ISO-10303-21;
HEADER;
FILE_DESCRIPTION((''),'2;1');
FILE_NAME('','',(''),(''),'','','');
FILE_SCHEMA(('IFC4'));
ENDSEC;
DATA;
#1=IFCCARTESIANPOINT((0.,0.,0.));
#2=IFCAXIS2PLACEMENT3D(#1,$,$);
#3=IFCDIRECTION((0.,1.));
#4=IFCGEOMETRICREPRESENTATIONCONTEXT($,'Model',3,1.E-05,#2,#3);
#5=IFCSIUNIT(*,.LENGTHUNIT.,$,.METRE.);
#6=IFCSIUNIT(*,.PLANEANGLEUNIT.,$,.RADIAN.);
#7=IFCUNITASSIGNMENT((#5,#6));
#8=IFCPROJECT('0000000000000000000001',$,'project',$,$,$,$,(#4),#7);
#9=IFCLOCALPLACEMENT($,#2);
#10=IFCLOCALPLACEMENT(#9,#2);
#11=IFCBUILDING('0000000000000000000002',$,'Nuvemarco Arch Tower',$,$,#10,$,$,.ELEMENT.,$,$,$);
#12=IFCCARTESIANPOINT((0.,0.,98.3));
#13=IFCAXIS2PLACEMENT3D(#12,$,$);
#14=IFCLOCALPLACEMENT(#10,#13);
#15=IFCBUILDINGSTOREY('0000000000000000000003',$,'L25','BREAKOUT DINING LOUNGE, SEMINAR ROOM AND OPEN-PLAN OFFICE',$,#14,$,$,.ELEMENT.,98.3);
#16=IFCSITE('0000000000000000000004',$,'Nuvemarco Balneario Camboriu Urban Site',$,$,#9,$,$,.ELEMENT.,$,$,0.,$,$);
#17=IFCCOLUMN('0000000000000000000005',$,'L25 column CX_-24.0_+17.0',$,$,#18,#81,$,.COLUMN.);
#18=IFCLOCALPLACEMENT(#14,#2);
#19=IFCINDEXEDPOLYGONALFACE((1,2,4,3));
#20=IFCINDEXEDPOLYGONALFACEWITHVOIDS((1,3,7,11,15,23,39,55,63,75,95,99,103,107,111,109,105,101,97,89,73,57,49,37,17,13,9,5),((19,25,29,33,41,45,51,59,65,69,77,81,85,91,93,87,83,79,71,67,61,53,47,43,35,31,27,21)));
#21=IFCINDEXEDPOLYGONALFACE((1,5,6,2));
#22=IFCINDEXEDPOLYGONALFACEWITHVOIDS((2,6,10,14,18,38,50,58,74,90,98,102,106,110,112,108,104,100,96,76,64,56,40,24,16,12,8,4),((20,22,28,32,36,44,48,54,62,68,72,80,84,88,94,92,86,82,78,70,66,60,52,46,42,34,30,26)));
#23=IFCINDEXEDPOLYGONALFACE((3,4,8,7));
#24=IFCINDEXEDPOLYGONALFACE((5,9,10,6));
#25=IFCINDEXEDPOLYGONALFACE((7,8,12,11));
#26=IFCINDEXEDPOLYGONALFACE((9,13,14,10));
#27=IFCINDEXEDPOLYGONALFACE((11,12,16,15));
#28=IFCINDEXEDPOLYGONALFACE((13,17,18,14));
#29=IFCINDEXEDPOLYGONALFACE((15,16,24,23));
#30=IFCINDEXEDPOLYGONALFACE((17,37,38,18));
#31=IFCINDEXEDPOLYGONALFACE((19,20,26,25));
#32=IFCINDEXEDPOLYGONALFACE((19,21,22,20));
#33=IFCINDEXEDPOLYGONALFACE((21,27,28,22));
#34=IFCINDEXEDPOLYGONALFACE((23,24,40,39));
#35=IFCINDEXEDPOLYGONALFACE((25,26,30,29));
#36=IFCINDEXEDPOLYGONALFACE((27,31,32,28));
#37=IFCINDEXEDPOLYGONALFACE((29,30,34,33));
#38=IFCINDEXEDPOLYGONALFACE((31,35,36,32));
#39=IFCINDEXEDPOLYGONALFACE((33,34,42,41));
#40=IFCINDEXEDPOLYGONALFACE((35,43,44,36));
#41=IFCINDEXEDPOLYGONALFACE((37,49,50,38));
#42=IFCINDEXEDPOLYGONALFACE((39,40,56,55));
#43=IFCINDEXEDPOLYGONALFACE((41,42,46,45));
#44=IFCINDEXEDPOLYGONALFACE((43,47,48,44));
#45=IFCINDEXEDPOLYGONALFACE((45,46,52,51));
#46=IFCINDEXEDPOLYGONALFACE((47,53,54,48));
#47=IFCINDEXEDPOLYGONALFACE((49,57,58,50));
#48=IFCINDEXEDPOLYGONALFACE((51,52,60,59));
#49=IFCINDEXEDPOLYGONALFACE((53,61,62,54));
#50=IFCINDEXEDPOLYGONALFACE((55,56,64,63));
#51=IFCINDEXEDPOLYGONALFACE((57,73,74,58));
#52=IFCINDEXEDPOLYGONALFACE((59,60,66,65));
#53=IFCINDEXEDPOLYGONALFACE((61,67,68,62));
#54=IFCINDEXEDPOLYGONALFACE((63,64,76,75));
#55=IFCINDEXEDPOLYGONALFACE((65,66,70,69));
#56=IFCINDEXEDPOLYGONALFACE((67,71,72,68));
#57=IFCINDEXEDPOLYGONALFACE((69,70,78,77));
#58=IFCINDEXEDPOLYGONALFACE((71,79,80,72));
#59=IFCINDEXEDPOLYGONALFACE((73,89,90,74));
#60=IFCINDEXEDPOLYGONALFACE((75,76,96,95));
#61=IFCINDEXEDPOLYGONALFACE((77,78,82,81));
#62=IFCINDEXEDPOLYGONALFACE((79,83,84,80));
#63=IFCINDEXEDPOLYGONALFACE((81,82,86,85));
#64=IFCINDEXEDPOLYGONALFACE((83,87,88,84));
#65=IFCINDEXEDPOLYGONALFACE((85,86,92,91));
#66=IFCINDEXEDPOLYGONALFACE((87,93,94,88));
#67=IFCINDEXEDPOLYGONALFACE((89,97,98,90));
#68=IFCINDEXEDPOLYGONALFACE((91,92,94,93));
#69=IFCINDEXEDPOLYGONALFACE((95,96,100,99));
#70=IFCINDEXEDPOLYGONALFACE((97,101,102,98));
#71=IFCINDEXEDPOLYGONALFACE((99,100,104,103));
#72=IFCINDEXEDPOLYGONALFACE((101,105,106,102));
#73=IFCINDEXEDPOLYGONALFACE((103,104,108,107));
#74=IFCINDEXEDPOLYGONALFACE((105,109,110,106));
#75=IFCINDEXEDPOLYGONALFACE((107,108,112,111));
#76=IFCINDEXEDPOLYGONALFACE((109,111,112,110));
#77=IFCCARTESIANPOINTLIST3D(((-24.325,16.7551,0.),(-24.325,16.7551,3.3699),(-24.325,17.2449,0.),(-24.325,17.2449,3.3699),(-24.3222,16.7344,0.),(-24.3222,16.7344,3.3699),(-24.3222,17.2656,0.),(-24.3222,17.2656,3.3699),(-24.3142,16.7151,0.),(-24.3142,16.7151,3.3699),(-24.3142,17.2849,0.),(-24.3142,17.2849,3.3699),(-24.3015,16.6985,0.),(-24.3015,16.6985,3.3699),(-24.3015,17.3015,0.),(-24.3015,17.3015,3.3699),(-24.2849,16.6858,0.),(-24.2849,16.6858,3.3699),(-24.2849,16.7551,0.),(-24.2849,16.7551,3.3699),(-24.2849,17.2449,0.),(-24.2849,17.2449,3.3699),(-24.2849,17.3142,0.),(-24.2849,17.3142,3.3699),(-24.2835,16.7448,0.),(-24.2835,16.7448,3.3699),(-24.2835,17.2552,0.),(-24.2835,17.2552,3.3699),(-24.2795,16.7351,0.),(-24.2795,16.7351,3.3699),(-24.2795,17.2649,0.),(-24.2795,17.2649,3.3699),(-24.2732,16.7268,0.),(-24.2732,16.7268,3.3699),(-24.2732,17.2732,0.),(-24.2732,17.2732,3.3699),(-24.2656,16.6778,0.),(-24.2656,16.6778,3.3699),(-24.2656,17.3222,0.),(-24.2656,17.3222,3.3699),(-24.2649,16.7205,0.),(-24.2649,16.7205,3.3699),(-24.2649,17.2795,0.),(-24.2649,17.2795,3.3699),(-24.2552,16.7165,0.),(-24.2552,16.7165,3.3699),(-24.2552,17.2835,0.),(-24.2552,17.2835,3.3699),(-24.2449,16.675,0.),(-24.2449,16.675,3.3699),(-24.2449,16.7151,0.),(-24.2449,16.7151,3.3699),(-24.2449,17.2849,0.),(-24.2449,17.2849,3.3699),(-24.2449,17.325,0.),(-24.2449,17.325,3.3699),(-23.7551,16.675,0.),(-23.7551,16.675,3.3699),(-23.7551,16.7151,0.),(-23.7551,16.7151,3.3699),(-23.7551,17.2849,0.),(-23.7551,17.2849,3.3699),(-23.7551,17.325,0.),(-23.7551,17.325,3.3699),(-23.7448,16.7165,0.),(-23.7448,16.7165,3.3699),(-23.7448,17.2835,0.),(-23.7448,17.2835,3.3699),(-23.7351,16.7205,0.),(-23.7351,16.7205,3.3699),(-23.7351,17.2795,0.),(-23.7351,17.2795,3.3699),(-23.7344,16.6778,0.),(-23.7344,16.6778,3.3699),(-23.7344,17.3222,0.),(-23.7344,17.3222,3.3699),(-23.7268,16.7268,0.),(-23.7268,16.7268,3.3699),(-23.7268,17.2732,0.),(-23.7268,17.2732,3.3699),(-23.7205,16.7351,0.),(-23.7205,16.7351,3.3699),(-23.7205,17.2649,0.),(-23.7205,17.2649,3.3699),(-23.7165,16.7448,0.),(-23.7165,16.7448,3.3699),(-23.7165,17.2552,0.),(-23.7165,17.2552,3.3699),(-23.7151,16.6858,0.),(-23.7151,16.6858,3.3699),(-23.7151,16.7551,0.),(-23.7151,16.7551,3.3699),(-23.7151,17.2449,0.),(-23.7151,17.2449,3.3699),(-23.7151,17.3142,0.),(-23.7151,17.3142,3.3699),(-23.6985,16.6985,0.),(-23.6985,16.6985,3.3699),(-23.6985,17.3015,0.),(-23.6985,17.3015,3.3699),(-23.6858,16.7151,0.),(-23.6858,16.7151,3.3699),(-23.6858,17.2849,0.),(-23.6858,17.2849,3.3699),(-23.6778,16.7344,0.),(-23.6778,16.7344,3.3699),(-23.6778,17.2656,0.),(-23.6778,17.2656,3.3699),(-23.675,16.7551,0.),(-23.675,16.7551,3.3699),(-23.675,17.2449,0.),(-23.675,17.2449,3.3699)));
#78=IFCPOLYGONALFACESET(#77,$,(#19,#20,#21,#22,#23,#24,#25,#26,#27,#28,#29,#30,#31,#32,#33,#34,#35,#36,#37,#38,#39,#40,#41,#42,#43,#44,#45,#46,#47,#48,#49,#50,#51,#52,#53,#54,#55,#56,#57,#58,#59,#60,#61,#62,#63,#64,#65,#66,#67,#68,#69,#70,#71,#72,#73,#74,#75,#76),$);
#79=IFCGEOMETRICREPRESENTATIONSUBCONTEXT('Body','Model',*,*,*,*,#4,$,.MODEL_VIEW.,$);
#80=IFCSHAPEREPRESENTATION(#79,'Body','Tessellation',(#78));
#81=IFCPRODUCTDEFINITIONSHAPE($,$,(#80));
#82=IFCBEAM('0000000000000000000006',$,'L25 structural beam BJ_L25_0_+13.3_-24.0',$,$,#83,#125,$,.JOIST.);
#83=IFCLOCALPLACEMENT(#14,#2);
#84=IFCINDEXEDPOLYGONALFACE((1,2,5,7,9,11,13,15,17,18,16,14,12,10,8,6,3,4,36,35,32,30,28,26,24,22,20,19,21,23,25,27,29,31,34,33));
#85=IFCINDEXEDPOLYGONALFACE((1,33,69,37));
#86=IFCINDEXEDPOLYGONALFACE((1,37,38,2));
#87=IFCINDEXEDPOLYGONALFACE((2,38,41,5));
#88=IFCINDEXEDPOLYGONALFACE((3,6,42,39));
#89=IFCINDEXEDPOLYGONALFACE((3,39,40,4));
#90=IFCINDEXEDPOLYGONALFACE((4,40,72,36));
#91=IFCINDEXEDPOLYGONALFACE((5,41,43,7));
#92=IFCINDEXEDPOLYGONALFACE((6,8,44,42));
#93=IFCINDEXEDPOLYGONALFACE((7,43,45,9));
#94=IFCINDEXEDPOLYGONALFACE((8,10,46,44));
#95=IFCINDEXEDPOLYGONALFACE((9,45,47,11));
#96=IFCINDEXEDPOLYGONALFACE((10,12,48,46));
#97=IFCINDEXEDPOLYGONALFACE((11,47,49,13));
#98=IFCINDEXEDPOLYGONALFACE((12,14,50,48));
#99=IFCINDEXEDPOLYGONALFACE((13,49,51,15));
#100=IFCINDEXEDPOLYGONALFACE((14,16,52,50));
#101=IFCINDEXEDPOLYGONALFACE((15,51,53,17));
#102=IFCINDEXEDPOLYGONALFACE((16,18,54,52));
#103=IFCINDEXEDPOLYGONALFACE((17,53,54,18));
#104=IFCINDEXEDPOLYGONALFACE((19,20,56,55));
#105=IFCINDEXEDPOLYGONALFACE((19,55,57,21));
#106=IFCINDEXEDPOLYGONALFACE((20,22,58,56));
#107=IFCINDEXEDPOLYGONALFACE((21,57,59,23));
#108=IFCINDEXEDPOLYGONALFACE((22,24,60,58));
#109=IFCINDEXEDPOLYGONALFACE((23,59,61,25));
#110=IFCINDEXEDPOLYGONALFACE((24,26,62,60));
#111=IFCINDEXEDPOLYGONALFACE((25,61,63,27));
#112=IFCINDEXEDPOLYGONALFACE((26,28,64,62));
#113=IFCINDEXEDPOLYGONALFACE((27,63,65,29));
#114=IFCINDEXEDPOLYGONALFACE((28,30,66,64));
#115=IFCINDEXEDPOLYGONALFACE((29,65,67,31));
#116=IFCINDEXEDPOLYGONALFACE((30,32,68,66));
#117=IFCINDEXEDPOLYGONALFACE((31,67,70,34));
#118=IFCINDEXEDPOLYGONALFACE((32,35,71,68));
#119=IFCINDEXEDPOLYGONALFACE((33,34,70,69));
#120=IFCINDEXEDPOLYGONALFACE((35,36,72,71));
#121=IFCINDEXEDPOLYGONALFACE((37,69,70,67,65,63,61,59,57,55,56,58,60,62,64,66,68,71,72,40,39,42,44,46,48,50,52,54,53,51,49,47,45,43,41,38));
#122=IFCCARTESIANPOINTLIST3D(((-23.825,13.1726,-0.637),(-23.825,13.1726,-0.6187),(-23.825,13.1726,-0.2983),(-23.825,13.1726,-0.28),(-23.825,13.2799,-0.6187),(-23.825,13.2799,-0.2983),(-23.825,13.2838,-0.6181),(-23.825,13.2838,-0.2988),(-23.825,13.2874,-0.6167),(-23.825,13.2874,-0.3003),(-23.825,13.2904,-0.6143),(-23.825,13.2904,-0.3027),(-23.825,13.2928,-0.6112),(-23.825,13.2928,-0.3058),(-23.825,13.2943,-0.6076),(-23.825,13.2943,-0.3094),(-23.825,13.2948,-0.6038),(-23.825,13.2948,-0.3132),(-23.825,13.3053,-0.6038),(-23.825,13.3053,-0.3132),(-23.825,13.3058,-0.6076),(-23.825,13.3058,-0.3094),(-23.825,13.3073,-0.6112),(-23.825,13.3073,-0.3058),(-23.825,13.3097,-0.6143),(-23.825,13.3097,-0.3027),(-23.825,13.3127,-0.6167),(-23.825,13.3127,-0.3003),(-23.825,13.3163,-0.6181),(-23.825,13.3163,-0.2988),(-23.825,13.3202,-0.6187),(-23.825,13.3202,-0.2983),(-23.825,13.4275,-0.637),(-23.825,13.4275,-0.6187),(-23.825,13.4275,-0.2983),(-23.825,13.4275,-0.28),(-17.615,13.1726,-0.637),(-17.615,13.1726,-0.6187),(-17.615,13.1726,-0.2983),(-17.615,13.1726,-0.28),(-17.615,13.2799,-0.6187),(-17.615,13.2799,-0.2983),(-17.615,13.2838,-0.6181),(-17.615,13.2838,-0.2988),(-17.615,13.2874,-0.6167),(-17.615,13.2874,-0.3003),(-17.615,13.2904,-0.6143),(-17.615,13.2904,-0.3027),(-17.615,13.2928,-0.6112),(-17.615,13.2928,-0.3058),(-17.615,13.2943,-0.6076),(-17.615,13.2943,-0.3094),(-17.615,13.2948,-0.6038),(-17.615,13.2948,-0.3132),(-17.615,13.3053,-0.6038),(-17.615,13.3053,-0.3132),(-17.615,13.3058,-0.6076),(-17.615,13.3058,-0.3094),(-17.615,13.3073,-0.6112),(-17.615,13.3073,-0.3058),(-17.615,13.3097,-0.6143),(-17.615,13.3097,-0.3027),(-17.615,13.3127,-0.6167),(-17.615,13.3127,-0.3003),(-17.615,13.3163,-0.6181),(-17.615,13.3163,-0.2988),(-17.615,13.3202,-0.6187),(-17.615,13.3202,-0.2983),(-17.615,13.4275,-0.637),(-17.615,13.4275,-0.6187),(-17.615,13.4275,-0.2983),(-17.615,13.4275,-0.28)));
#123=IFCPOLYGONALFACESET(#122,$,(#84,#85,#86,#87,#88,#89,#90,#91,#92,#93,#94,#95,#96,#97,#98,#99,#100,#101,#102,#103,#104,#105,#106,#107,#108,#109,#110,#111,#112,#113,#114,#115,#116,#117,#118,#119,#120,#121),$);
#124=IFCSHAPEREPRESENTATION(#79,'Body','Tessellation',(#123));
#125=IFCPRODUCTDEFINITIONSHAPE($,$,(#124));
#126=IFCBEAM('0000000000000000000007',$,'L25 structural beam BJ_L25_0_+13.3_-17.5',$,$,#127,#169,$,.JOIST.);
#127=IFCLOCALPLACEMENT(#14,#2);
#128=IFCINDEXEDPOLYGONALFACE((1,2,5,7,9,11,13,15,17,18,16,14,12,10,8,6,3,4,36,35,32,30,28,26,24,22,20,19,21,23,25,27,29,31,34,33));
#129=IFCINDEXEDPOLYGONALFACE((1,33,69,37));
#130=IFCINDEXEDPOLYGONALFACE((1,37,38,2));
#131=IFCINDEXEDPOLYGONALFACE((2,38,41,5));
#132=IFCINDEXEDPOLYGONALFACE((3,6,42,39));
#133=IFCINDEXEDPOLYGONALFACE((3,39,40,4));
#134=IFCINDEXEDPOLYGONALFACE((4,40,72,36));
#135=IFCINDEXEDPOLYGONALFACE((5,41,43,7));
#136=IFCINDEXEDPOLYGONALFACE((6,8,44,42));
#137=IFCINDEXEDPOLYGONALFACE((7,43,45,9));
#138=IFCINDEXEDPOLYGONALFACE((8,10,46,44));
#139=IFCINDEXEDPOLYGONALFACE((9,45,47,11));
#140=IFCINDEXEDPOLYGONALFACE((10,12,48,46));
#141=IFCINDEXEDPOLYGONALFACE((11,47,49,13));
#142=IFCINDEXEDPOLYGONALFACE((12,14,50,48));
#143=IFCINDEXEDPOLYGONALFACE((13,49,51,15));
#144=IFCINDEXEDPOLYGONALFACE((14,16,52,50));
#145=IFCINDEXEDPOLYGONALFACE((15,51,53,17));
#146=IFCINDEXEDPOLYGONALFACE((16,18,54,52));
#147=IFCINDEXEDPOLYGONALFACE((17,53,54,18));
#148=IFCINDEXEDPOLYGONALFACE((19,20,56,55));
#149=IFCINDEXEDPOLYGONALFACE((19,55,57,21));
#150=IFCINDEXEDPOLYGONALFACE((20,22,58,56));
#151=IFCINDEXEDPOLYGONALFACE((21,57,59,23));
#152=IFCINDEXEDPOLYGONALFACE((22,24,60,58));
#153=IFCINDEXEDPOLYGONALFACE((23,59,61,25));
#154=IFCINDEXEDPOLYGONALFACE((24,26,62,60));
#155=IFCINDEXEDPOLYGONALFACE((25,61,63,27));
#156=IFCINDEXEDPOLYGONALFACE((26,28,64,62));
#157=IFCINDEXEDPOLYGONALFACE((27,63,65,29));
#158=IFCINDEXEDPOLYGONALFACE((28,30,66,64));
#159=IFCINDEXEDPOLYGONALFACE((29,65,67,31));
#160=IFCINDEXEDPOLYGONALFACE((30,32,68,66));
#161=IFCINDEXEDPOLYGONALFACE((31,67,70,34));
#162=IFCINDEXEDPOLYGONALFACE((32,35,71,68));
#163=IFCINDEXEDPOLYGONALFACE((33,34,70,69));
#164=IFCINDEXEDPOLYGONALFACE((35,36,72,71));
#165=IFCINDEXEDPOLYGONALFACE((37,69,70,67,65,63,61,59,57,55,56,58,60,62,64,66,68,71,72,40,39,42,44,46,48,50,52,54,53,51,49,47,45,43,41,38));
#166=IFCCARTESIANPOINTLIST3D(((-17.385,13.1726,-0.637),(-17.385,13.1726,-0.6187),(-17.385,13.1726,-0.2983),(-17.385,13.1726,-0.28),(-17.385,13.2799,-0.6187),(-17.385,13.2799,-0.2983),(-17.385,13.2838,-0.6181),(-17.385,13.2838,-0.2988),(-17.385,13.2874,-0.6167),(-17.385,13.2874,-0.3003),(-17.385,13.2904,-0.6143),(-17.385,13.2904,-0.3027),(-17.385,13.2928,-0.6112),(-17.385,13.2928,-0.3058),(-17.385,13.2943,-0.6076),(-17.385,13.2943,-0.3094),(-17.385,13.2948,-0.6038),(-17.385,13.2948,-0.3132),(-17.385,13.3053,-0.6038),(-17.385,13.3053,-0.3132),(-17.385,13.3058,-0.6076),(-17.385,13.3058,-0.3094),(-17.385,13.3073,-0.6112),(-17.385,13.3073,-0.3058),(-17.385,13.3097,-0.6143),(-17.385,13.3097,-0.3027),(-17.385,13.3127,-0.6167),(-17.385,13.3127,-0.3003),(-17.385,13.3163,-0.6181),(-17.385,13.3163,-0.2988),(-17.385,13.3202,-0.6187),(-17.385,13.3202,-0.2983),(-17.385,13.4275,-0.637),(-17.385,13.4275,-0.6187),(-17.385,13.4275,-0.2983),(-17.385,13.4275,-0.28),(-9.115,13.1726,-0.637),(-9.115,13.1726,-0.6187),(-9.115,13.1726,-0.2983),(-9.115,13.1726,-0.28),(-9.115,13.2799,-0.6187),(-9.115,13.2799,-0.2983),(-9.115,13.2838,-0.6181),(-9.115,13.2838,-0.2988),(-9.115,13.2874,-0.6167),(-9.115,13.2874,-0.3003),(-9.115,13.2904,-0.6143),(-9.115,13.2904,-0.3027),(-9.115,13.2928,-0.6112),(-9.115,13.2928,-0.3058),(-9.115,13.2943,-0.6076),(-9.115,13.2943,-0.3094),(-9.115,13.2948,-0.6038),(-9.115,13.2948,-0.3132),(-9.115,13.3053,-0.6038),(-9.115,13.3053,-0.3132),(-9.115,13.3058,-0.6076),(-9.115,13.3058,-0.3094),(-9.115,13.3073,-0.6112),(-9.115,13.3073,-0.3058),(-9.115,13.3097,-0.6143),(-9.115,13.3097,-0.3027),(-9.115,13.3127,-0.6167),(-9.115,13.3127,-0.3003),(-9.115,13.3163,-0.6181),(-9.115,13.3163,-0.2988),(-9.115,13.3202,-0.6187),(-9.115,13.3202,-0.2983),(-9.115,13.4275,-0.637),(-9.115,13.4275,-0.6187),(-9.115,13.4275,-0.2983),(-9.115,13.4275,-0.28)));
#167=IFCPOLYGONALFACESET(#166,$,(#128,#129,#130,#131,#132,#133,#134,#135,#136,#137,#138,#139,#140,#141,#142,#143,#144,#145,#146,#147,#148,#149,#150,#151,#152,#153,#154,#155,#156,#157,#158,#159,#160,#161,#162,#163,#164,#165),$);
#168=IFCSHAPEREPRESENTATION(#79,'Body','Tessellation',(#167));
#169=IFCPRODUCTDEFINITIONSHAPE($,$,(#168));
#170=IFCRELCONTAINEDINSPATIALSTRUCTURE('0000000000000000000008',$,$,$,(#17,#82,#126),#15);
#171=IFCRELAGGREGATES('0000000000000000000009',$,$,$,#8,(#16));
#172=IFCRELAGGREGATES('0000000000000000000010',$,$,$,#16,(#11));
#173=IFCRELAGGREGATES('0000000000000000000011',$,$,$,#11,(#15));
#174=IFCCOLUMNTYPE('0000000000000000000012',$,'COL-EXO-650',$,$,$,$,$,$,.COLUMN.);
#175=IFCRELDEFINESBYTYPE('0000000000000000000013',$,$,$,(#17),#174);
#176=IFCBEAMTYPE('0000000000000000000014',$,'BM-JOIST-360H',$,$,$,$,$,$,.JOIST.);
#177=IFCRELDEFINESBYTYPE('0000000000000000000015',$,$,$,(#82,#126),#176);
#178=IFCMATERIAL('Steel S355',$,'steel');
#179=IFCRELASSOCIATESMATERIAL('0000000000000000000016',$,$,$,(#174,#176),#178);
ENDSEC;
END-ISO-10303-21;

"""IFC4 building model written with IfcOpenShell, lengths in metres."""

from ifc_helpers import new_model, si_unit, direction, frame, origin, origin_2d, place, context, subcontext, project, spatial, hollow_rectangle, i_section, extrude, material, material_profile, profile_set, type_object, element, save


model = new_model("IFC4")

# Units and contexts
model_context = context("Model", 3, precision=1e-05, world=origin(), true_north=direction((0.0, 1.0)))
body_context = subcontext(model_context, "Body", "Model", "MODEL_VIEW")
ifc_project = project(units=[si_unit("LENGTHUNIT", "METRE"), si_unit("PLANEANGLEUNIT", "RADIAN")], contexts=[model_context])

# Site, building, storey
site_placement = place(None, origin())
site = spatial("IfcSite", under=ifc_project, at=site_placement, Name="Nuvemarco Balneario Camboriu Urban Site", CompositionType="ELEMENT", RefElevation=0.0)
building_placement = place(site_placement, origin())
building = spatial("IfcBuilding", under=site, at=building_placement, Name="Nuvemarco Arch Tower", CompositionType="ELEMENT")
storey_placement = place(building_placement, frame((0.0, 0.0, 98.3)))
storey = spatial("IfcBuildingStorey", under=building, at=storey_placement, Name="L25", Description="BREAKOUT DINING LOUNGE, SEMINAR ROOM AND OPEN-PLAN OFFICE", CompositionType="ELEMENT", Elevation=98.3)

# Column
ifc_material_1 = material(Name="Steel S355", Category="steel")
ifc_material_profile_1 = material_profile(ifc_material_1, hollow_rectangle(XDim=0.6499, YDim=0.6499, WallThickness=0.04, InnerFilletRadius=0.04, OuterFilletRadius=0.0801, at=origin_2d()), Name="SHS650x650x40")
ifc_profile_set_1 = profile_set([ifc_material_profile_1], Name="Steel S355")
column_type = type_object("IfcColumnType", Name="COL-EXO-650", PredefinedType="COLUMN", material=ifc_profile_set_1)
column_placement = place(storey_placement, frame((-24.0, 17.0, 0.0), z_axis=(0.0, 0.0, 1.0), x_axis=(1.0, 0.0, 0.0)))
element("IfcColumn", 1, at=column_placement, inside=storey, type_object=column_type, Name="L25 column CX_-24.0_+17.0", PredefinedType="COLUMN", context=body_context, shape_type="SweptSolid", body=[
    extrude(hollow_rectangle(XDim=0.6499, YDim=0.6499, WallThickness=0.04, InnerFilletRadius=0.04, OuterFilletRadius=0.0801, at=origin_2d()), origin(), (0.0, 0.0, 1.0), 3.3699),
])

# Beams
ifc_material_profile_2 = material_profile(ifc_material_1, i_section(OverallWidth=0.2549, OverallDepth=0.3569, WebThickness=0.0105, FlangeThickness=0.0183, FilletRadius=0.0149, at=origin_2d()), Name="W360x101")
ifc_profile_set_2 = profile_set([ifc_material_profile_2], Name="Steel S355")
beam_type = type_object("IfcBeamType", Name="BM-JOIST-360H", PredefinedType="JOIST", material=ifc_profile_set_2)
beam_1_placement = place(storey_placement, frame((-23.825, 13.3, -0.4585), z_axis=(1.0, 0.0, 0.0), x_axis=(0.0, 1.0, 0.0)))
element("IfcBeam", 2, at=beam_1_placement, inside=storey, type_object=beam_type, Name="L25 structural beam BJ_L25_0_+13.3_-24.0", PredefinedType="JOIST", context=body_context, shape_type="SweptSolid", body=[
    extrude(i_section(OverallWidth=0.2549, OverallDepth=0.3569, WebThickness=0.0105, FlangeThickness=0.0183, FilletRadius=0.0149, at=origin_2d()), origin(), (0.0, 0.0, 1.0), 6.21),
])
beam_2_placement = place(storey_placement, frame((-17.385, 13.3, -0.4585), z_axis=(1.0, 0.0, 0.0), x_axis=(0.0, 1.0, 0.0)))
element("IfcBeam", 3, at=beam_2_placement, inside=storey, type_object=beam_type, Name="L25 structural beam BJ_L25_0_+13.3_-17.5", PredefinedType="JOIST", context=body_context, shape_type="SweptSolid", body=[
    extrude(i_section(OverallWidth=0.2549, OverallDepth=0.3569, WebThickness=0.0105, FlangeThickness=0.0183, FilletRadius=0.0149, at=origin_2d()), origin(), (0.0, 0.0, 1.0), 8.27),
])

save(model, "model.ifc")
